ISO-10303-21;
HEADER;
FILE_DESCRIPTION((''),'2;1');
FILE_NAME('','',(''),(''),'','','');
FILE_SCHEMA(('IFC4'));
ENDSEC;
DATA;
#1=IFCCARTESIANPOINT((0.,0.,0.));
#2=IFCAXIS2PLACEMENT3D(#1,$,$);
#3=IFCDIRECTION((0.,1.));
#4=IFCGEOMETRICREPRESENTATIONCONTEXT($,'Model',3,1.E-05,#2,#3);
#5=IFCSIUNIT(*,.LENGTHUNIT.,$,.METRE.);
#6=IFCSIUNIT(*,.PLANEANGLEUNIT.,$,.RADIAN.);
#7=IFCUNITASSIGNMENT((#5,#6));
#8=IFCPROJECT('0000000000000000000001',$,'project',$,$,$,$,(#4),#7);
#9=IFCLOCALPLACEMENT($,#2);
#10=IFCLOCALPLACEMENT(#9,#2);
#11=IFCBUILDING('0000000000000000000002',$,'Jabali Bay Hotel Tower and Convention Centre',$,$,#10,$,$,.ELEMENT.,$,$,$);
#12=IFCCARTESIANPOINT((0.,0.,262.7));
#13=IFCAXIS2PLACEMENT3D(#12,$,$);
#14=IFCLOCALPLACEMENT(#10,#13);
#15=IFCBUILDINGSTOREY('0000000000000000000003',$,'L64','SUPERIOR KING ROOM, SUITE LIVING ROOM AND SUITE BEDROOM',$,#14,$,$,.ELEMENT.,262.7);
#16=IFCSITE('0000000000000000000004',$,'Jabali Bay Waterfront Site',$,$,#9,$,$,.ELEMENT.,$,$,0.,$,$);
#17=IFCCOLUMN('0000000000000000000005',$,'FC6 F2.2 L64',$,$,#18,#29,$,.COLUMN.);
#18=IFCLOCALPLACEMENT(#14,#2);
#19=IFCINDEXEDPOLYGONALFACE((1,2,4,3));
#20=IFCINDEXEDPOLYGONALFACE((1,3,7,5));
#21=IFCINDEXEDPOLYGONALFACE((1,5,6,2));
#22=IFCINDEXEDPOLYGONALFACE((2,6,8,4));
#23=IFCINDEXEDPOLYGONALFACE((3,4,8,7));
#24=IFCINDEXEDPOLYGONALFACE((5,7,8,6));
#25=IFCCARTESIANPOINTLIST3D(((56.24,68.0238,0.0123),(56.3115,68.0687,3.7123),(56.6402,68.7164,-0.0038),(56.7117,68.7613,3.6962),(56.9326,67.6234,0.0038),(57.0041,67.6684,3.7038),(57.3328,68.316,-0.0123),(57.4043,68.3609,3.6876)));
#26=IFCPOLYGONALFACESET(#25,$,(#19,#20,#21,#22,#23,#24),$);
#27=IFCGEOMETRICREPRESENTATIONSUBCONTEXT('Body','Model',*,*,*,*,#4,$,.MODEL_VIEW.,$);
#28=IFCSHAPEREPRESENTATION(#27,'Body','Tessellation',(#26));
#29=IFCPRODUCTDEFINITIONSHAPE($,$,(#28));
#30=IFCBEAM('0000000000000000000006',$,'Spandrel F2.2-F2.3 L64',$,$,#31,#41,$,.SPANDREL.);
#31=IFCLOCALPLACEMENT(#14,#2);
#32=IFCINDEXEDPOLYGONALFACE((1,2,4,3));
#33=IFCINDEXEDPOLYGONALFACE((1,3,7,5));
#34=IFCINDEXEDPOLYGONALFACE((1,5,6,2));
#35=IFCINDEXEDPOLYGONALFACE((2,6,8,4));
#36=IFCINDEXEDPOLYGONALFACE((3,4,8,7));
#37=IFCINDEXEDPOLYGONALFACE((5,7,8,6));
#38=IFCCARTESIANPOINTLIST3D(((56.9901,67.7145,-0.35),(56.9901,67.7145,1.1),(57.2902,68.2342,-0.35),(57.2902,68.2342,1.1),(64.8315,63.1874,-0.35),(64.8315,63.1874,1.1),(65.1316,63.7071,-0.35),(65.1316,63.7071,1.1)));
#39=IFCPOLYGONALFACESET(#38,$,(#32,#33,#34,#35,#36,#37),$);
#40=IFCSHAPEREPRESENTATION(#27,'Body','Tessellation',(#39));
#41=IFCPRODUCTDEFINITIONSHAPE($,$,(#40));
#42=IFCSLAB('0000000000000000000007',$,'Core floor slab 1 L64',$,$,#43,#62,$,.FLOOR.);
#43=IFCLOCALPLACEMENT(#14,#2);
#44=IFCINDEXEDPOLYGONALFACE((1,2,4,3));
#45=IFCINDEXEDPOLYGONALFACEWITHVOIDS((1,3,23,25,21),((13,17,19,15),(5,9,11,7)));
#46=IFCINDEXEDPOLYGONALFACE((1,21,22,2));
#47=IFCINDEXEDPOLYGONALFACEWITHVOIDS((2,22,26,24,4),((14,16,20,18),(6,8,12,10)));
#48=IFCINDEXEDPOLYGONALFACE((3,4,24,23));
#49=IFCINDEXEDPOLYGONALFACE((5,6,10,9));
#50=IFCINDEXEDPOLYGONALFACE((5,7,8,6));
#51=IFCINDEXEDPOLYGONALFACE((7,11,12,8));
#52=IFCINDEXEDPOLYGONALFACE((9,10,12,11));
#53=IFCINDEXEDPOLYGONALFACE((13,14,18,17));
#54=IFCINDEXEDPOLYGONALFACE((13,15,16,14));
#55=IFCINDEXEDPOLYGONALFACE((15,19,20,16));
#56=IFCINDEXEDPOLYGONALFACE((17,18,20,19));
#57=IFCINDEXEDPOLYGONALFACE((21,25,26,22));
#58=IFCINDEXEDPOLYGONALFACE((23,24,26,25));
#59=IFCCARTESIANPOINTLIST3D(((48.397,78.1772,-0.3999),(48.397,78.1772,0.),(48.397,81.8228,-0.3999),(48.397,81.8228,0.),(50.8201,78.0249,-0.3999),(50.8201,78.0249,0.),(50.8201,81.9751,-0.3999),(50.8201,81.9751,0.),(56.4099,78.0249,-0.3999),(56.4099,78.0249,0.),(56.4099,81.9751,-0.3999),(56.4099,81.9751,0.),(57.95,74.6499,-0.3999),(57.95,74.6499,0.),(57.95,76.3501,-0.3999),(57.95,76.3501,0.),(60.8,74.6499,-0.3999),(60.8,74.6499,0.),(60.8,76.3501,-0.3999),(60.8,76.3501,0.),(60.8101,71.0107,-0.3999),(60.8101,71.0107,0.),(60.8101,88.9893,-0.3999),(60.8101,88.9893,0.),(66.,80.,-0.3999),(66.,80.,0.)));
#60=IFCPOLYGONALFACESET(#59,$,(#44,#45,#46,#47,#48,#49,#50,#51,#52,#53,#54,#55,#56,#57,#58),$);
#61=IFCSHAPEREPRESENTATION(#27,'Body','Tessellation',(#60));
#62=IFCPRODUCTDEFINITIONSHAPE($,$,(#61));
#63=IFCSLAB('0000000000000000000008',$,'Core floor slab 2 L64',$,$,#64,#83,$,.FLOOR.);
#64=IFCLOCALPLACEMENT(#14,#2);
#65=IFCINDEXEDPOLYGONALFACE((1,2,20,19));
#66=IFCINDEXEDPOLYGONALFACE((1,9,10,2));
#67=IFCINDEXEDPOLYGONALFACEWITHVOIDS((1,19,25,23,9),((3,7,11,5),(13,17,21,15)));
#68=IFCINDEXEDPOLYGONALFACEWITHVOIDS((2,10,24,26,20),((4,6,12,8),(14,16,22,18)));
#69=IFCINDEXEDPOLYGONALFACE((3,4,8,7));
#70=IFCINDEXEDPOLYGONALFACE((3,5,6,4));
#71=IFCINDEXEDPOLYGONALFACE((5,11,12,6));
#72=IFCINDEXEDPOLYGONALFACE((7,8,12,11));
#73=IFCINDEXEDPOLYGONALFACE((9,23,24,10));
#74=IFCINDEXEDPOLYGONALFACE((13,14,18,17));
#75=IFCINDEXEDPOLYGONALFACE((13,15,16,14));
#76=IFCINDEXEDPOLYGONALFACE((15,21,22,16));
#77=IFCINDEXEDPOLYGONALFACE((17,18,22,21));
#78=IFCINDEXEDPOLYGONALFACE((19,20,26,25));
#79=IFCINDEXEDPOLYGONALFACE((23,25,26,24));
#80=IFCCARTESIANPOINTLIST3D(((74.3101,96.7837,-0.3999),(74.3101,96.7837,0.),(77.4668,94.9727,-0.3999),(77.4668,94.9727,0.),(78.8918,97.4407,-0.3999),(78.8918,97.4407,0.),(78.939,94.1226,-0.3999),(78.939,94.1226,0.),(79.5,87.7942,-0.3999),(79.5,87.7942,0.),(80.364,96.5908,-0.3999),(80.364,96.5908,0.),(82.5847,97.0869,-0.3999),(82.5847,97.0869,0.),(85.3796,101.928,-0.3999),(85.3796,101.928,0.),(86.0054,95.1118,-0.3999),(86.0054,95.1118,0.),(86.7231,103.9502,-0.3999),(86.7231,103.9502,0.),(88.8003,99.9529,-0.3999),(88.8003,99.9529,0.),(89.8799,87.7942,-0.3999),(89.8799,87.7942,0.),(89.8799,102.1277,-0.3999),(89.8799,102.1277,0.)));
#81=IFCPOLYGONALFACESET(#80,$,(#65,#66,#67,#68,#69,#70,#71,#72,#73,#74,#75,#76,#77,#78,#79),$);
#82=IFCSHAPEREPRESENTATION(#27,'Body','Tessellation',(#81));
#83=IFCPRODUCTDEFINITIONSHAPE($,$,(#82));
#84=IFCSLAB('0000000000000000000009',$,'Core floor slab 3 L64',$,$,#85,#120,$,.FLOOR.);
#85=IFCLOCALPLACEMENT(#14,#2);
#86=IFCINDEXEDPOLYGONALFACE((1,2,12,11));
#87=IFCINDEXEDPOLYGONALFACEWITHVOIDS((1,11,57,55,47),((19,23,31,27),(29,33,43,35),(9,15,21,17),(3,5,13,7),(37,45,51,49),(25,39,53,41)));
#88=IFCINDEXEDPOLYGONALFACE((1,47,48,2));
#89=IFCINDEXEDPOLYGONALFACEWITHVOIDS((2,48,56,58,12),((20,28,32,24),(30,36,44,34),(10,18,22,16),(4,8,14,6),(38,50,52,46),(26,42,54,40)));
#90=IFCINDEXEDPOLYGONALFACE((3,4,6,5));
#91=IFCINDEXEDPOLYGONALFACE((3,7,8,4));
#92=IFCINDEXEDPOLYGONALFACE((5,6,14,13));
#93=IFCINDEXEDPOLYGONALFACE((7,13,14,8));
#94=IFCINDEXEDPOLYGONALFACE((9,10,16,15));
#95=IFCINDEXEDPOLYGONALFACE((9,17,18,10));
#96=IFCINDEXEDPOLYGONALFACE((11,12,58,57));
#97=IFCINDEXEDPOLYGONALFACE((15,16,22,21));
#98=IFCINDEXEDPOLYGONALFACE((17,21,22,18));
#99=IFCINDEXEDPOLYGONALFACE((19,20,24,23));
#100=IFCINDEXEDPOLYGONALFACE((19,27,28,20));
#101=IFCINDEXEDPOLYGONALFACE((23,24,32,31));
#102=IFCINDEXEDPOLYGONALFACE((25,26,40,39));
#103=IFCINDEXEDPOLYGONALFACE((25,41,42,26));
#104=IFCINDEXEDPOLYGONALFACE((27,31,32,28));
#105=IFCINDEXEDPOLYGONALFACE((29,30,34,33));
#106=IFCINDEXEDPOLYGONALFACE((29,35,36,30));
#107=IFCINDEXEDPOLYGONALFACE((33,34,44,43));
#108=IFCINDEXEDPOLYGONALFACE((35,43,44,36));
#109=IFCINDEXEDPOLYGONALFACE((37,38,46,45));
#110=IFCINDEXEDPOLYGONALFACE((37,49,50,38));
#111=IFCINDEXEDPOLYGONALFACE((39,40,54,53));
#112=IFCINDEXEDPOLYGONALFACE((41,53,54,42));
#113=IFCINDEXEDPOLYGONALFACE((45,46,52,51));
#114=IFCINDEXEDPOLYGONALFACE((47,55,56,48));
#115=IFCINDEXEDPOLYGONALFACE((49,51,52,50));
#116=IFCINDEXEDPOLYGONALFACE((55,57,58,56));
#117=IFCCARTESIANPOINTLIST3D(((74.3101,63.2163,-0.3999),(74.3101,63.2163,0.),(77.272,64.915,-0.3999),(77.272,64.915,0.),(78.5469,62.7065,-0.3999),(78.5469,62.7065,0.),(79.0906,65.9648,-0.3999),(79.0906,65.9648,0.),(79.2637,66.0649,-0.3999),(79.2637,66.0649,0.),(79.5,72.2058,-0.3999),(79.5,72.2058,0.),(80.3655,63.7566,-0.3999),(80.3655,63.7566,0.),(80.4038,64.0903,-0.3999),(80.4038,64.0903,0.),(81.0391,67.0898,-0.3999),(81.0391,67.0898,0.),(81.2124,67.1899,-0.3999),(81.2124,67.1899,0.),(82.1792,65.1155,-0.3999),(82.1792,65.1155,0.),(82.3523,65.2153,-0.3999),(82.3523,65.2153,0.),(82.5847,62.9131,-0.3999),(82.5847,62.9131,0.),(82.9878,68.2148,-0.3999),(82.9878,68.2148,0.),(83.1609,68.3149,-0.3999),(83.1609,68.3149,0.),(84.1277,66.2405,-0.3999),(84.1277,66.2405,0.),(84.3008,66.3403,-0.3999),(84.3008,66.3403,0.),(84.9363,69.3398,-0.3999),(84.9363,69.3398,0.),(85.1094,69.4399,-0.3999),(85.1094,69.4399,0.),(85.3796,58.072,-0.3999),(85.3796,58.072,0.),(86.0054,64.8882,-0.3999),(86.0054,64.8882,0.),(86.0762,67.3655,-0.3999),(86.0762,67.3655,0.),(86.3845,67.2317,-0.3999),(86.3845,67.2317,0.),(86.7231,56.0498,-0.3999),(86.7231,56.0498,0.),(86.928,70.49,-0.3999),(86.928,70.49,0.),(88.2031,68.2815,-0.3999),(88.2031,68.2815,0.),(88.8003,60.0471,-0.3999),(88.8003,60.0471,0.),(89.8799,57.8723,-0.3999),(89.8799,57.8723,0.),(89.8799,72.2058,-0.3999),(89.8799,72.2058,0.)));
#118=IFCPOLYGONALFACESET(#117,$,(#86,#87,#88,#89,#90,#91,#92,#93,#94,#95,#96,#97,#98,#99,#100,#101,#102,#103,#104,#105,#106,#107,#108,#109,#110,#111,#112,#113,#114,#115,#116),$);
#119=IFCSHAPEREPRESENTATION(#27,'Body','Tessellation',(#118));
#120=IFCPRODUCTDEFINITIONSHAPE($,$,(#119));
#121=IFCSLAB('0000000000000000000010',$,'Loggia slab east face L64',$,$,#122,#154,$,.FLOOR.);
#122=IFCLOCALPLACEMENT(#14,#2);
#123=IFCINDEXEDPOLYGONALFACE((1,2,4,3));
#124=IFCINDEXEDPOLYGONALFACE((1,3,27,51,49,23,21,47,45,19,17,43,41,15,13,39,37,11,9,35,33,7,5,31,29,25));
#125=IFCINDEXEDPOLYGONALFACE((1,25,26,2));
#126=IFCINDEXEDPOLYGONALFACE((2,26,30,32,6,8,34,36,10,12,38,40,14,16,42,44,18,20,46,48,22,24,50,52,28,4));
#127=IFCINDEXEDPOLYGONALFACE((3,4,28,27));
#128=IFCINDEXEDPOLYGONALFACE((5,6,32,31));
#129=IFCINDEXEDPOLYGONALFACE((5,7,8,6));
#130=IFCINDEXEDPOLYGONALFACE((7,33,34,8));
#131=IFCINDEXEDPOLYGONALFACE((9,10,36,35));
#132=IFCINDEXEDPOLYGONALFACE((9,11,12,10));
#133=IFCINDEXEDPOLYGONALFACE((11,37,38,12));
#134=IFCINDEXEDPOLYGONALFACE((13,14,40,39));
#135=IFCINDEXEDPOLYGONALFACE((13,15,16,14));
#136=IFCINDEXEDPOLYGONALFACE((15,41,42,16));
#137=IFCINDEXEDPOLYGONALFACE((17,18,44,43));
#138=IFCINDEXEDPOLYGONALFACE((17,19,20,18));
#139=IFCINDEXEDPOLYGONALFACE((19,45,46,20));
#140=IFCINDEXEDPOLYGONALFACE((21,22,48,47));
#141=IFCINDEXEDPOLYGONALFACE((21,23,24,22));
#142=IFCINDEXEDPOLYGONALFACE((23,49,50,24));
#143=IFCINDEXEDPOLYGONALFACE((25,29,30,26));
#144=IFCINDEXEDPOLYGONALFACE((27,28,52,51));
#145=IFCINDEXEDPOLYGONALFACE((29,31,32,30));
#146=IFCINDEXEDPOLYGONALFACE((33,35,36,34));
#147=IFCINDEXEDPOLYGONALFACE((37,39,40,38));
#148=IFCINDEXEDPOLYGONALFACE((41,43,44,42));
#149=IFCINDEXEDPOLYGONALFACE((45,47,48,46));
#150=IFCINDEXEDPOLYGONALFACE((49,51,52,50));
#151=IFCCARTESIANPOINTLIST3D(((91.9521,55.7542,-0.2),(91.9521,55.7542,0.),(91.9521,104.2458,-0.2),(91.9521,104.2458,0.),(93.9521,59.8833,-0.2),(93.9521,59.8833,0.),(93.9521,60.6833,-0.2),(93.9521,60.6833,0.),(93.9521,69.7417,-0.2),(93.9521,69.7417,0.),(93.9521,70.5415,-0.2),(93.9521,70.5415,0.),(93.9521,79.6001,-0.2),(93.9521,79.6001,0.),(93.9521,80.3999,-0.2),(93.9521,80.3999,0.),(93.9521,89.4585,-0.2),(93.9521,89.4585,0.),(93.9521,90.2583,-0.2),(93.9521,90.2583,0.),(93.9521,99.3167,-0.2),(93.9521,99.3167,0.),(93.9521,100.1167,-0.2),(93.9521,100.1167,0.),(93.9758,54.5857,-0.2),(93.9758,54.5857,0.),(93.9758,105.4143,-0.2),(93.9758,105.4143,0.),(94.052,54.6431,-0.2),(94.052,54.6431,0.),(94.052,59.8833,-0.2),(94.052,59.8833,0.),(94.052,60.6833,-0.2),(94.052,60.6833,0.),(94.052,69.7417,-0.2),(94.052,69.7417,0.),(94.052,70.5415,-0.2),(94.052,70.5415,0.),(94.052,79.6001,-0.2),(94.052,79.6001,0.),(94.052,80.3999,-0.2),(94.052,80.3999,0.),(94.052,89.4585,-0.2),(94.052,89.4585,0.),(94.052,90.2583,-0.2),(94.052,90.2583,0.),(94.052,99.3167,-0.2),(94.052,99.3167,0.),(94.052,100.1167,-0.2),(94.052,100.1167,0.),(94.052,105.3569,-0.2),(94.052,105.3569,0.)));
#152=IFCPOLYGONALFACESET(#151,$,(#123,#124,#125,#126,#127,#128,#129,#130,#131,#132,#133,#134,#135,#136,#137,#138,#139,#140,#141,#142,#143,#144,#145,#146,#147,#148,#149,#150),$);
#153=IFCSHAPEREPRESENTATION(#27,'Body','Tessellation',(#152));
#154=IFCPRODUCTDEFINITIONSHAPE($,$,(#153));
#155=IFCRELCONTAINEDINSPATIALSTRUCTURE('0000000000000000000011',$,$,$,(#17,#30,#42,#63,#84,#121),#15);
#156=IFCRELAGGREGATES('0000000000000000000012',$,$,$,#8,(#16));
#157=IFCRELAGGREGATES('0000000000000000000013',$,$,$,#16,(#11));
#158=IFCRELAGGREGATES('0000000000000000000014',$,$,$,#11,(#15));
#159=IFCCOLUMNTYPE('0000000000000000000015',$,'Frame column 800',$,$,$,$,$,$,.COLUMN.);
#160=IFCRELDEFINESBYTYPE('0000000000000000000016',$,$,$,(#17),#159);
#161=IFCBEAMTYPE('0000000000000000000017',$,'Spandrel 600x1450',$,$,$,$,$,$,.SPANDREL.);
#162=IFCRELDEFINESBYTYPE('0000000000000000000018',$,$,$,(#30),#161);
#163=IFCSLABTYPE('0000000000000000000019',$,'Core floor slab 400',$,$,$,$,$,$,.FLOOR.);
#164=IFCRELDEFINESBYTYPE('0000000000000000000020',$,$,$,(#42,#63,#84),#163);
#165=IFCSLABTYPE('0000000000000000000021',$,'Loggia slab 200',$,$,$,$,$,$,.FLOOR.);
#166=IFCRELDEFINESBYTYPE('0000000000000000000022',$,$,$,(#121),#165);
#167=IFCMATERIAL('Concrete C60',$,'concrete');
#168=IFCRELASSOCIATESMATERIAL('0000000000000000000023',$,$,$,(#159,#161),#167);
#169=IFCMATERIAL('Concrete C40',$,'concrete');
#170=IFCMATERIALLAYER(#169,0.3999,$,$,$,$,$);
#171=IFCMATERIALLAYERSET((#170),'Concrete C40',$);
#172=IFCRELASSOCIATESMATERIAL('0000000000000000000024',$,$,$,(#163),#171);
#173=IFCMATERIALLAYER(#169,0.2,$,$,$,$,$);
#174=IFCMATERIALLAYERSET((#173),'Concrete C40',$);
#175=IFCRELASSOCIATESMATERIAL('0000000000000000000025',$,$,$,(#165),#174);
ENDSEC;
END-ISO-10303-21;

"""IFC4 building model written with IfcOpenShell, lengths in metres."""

from ifc_helpers import new_model, si_unit, direction, frame, origin, origin_2d, place, context, subcontext, project, spatial, polyline, rectangle, outline, extrude, material, layer, layer_set, material_profile, profile_set, type_object, element, save


model = new_model("IFC4")

# Units and contexts
model_context = context("Model", 3, precision=1e-05, world=origin(), true_north=direction((0.0, 1.0)))
body_context = subcontext(model_context, "Body", "Model", "MODEL_VIEW")
ifc_project = project(units=[si_unit("LENGTHUNIT", "METRE"), si_unit("PLANEANGLEUNIT", "RADIAN")], contexts=[model_context])

# Site, building, storey
site_placement = place(None, origin())
site = spatial("IfcSite", under=ifc_project, at=site_placement, Name="Jabali Bay Waterfront Site", CompositionType="ELEMENT", RefElevation=0.0)
building_placement = place(site_placement, origin())
building = spatial("IfcBuilding", under=site, at=building_placement, Name="Jabali Bay Hotel Tower and Convention Centre", CompositionType="ELEMENT")
storey_placement = place(building_placement, frame((0.0, 0.0, 262.7)))
storey = spatial("IfcBuildingStorey", under=building, at=storey_placement, Name="L64", Description="SUPERIOR KING ROOM, SUITE LIVING ROOM AND SUITE BEDROOM", CompositionType="ELEMENT", Elevation=262.7)

# Column
ifc_material_1 = material(Name="Concrete C60", Category="concrete")
ifc_material_profile_1 = material_profile(ifc_material_1, rectangle(XDim=0.8, YDim=0.8, at=origin_2d()), Name="Frame column 800")
ifc_profile_set_1 = profile_set([ifc_material_profile_1], Name="Concrete C60")
column_type = type_object("IfcColumnType", Name="Frame column 800", PredefinedType="COLUMN", material=ifc_profile_set_1)
column_placement = place(storey_placement, frame((56.7864, 68.1699, 0.0), z_axis=(0.019329, 0.012138, 0.99974), x_axis=(-0.865694, 0.50046, 0.010661)))
element("IfcColumn", 1, at=column_placement, inside=storey, type_object=column_type, Name="FC6 F2.2 L64", PredefinedType="COLUMN", context=body_context, shape_type="SweptSolid", body=[
    extrude(rectangle(XDim=0.8, YDim=0.8, at=origin_2d()), origin(), (0.0, 0.0, 1.0), 3.7009),
])

# Beam
ifc_material_profile_2 = material_profile(ifc_material_1, rectangle(XDim=0.6001, YDim=1.45, at=origin_2d()), Name="Spandrel 600x1450")
ifc_profile_set_2 = profile_set([ifc_material_profile_2], Name="Concrete C60")
beam_type = type_object("IfcBeamType", Name="Spandrel 600x1450", PredefinedType="SPANDREL", material=ifc_profile_set_2)
beam_placement = place(storey_placement, frame((57.1401, 67.9744, 0.375), z_axis=(0.866029, -0.499993, 0.0), x_axis=(0.499993, 0.866029, 0.0)))
element("IfcBeam", 2, at=beam_placement, inside=storey, type_object=beam_type, Name="Spandrel F2.2-F2.3 L64", PredefinedType="SPANDREL", context=body_context, shape_type="SweptSolid", body=[
    extrude(rectangle(XDim=0.6001, YDim=1.45, at=origin_2d()), origin(), (0.0, 0.0, 1.0), 9.0544),
])

# Slabs
ifc_material_2 = material(Name="Concrete C40", Category="concrete")
ifc_layer_1 = layer(ifc_material_2, 0.3999)
ifc_layer_set_1 = layer_set([ifc_layer_1], Name="Concrete C40")
slab_type_1 = type_object("IfcSlabType", Name="Core floor slab 400", PredefinedType="FLOOR", material=ifc_layer_set_1)
slab_1_placement = place(storey_placement, frame((0.0, 0.0, -0.3999)))
element("IfcSlab", 3, at=slab_1_placement, inside=storey, type_object=slab_type_1, Name="Core floor slab 1 L64", PredefinedType="FLOOR", context=body_context, shape_type="SweptSolid", body=[
    extrude(outline(polyline([(66.0, 80.0), (60.8101, 88.9893), (48.397, 81.8228), (48.397, 78.1772), (60.8101, 71.0107), (66.0, 80.0)]), holes=[polyline([(60.8, 76.3501), (57.95, 76.3501), (57.95, 74.6499), (60.8, 74.6499), (60.8, 76.3501)]), polyline([(50.8201, 81.9751), (50.8201, 78.0249), (56.4099, 78.0249), (56.4099, 81.9751), (50.8201, 81.9751)])]), origin(), (0.0, 0.0, 1.0), 0.3999),
])
slab_2_placement = place(storey_placement, frame((0.0, 0.0, -0.3999)))
element("IfcSlab", 4, at=slab_2_placement, inside=storey, type_object=slab_type_1, Name="Core floor slab 2 L64", PredefinedType="FLOOR", context=body_context, shape_type="SweptSolid", body=[
    extrude(outline(polyline([(79.5, 87.7942), (89.8799, 87.7942), (89.8799, 102.1277), (86.7231, 103.9502), (74.3101, 96.7837), (79.5, 87.7942)]), holes=[polyline([(78.939, 94.1226), (80.364, 96.5908), (78.8918, 97.4407), (77.4668, 94.9727), (78.939, 94.1226)]), polyline([(88.8003, 99.9529), (85.3796, 101.928), (82.5847, 97.0869), (86.0054, 95.1118), (88.8003, 99.9529)])]), origin(), (0.0, 0.0, 1.0), 0.3999),
])
slab_3_placement = place(storey_placement, frame((0.0, 0.0, -0.3999)))
element("IfcSlab", 5, at=slab_3_placement, inside=storey, type_object=slab_type_1, Name="Core floor slab 3 L64", PredefinedType="FLOOR", context=body_context, shape_type="SweptSolid", body=[
    extrude(outline(polyline([(79.5, 72.2058), (74.3101, 63.2163), (86.7231, 56.0498), (89.8799, 57.8723), (89.8799, 72.2058), (79.5, 72.2058)]), holes=[polyline([(82.5847, 62.9131), (85.3796, 58.072), (88.8003, 60.0471), (86.0054, 64.8882), (82.5847, 62.9131)]), polyline([(80.3655, 63.7566), (79.0906, 65.9648), (77.272, 64.915), (78.5469, 62.7065), (80.3655, 63.7566)]), polyline([(82.1792, 65.1155), (81.0391, 67.0898), (79.2637, 66.0649), (80.4038, 64.0903), (82.1792, 65.1155)]), polyline([(82.9878, 68.2148), (81.2124, 67.1899), (82.3523, 65.2153), (84.1277, 66.2405), (82.9878, 68.2148)]), polyline([(86.0762, 67.3655), (84.9363, 69.3398), (83.1609, 68.3149), (84.3008, 66.3403), (86.0762, 67.3655)]), polyline([(88.2031, 68.2815), (86.928, 70.49), (85.1094, 69.4399), (86.3845, 67.2317), (88.2031, 68.2815)])]), origin(), (0.0, 0.0, 1.0), 0.3999),
])
ifc_layer_2 = layer(ifc_material_2, 0.2)
ifc_layer_set_2 = layer_set([ifc_layer_2], Name="Concrete C40")
slab_type_2 = type_object("IfcSlabType", Name="Loggia slab 200", PredefinedType="FLOOR", material=ifc_layer_set_2)
slab_4_placement = place(storey_placement, frame((0.0, 0.0, -0.2)))
element("IfcSlab", 6, at=slab_4_placement, inside=storey, type_object=slab_type_2, Name="Loggia slab east face L64", PredefinedType="FLOOR", context=body_context, shape_type="SweptSolid", body=[
    extrude(outline(polyline([(91.9521, 104.2458), (93.9758, 105.4143), (94.052, 105.3569), (94.052, 100.1167), (93.9521, 100.1167), (93.9521, 99.3167), (94.052, 99.3167), (94.052, 90.2583), (93.9521, 90.2583), (93.9521, 89.4585), (94.052, 89.4585), (94.052, 80.3999), (93.9521, 80.3999), (93.9521, 79.6001), (94.052, 79.6001), (94.052, 70.5415), (93.9521, 70.5415), (93.9521, 69.7417), (94.052, 69.7417), (94.052, 60.6833), (93.9521, 60.6833), (93.9521, 59.8833), (94.052, 59.8833), (94.052, 54.6431), (93.9758, 54.5857), (91.9521, 55.7542), (91.9521, 104.2458)])), origin(), (0.0, 0.0, 1.0), 0.2),
])

save(model, "model.ifc")
